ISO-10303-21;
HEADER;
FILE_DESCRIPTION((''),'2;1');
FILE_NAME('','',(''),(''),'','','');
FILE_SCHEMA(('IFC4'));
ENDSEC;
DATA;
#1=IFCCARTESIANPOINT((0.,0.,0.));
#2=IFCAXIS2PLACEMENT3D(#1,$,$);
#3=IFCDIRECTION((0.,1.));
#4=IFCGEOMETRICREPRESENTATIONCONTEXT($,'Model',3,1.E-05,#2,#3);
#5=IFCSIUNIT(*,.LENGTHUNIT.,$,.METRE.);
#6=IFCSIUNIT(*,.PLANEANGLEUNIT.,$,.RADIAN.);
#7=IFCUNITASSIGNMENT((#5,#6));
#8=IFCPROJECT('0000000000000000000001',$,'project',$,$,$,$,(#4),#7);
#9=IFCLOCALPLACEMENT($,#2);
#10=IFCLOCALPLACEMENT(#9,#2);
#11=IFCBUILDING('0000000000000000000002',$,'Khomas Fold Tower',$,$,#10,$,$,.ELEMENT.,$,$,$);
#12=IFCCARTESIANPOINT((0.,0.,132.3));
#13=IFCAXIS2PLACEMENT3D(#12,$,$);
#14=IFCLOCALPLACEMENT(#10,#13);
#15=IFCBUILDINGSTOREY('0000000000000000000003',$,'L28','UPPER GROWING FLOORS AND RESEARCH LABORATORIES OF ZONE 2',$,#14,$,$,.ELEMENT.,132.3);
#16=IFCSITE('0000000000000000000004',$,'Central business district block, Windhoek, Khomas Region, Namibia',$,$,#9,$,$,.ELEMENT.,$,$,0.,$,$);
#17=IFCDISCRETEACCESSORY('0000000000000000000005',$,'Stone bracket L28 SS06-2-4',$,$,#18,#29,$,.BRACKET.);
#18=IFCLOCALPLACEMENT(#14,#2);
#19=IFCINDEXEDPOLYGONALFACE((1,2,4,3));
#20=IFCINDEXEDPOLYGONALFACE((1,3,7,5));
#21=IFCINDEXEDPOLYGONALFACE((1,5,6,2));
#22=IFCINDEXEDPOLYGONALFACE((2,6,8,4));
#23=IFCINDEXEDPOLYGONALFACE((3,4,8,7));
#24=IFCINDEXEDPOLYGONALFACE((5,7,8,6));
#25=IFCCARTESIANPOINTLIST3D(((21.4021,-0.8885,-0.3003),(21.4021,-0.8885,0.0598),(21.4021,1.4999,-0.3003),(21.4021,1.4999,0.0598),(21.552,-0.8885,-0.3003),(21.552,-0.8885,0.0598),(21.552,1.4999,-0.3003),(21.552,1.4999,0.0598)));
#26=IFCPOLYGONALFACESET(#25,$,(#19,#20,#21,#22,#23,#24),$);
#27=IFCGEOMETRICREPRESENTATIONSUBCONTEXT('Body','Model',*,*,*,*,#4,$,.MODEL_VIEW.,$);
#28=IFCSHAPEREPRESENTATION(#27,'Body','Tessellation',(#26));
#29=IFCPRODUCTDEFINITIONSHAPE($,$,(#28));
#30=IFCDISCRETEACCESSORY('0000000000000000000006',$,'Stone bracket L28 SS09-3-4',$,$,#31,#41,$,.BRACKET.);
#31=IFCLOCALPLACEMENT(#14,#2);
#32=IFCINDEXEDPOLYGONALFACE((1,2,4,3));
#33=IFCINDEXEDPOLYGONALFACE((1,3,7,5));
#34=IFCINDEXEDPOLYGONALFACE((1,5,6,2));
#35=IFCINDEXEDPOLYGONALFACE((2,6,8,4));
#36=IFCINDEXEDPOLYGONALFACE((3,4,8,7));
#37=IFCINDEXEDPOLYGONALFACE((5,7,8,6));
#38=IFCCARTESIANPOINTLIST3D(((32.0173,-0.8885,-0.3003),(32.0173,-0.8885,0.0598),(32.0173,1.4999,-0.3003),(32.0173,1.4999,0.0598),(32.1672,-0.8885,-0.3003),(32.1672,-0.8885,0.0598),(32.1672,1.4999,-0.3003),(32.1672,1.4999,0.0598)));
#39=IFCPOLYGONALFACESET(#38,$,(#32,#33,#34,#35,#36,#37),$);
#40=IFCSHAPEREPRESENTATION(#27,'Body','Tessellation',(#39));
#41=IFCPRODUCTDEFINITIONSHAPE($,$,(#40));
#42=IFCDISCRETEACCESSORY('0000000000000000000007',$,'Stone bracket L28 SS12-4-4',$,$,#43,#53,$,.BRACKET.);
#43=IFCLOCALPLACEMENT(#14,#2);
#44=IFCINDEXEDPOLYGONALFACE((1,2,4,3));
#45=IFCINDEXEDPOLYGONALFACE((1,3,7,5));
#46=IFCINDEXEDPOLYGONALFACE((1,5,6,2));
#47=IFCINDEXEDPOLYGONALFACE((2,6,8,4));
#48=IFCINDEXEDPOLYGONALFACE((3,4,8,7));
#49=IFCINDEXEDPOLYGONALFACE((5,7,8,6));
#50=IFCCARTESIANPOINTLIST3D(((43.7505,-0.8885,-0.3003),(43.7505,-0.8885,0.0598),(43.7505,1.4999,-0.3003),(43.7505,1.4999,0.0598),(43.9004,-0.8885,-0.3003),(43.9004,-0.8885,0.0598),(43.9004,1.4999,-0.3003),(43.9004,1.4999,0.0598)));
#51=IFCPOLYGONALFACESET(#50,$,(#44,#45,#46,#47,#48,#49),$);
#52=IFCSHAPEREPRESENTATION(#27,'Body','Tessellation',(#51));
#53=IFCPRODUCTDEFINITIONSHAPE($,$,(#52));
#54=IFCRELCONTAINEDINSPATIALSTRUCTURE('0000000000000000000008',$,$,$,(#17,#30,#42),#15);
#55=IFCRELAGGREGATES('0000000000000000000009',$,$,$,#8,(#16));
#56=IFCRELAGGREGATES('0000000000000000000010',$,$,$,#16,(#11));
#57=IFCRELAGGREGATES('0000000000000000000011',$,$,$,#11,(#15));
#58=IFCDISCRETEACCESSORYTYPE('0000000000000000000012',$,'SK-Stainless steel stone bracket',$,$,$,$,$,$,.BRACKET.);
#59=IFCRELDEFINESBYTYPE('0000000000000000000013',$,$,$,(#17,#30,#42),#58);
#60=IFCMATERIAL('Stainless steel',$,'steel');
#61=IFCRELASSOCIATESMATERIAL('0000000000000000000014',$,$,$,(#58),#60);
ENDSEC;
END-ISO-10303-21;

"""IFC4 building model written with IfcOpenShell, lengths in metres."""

from ifc_helpers import new_model, si_unit, direction, frame, origin, origin_2d, place, context, subcontext, project, spatial, rectangle, extrude, source, transform, mapped, material, type_object, element, save


model = new_model("IFC4")

# Units and contexts
model_context = context("Model", 3, precision=1e-05, world=origin(), true_north=direction((0.0, 1.0)))
body_context = subcontext(model_context, "Body", "Model", "MODEL_VIEW")
ifc_project = project(units=[si_unit("LENGTHUNIT", "METRE"), si_unit("PLANEANGLEUNIT", "RADIAN")], contexts=[model_context])

# Site, building, storey
site_placement = place(None, origin())
site = spatial("IfcSite", under=ifc_project, at=site_placement, Name="Central business district block, Windhoek, Khomas Region, Namibia", CompositionType="ELEMENT", RefElevation=0.0)
building_placement = place(site_placement, origin())
building = spatial("IfcBuilding", under=site, at=building_placement, Name="Khomas Fold Tower", CompositionType="ELEMENT")
storey_placement = place(building_placement, frame((0.0, 0.0, 132.3)))
storey = spatial("IfcBuildingStorey", under=building, at=storey_placement, Name="L28", Description="UPPER GROWING FLOORS AND RESEARCH LABORATORIES OF ZONE 2", CompositionType="ELEMENT", Elevation=132.3)

# Discrete accessories
ifc_material_1 = material(Name="Stainless steel", Category="steel")
discrete_accessory_type = type_object("IfcDiscreteAccessoryType", Name="SK-Stainless steel stone bracket", PredefinedType="BRACKET", material=ifc_material_1)
shared_shape_1 = source(origin(), body_context, "Body", "SweptSolid", [
    extrude(rectangle(XDim=2.3884, YDim=0.1499, at=origin_2d()), origin(), (0.0, 0.0, 1.0), 0.3601),
])
for number, where, z_axis, x_axis, name in (
    (1, (21.4771, 0.3057, -0.3003), (0.0, 0.0, 1.0), (0.0, -1.0, 0.0), "Stone bracket L28 SS06-2-4"),
    (2, (32.0923, 0.3057, -0.3003), (0.0, 0.0, 1.0), (0.0, -1.0, 0.0), "Stone bracket L28 SS09-3-4"),
    (3, (43.8254, 0.3057, -0.3003), (0.0, 0.0, 1.0), (0.0, -1.0, 0.0), "Stone bracket L28 SS12-4-4"),
):
    element("IfcDiscreteAccessory", number, at=place(storey_placement, frame(where, z_axis=z_axis, x_axis=x_axis)), inside=storey, type_object=discrete_accessory_type, Name=name, PredefinedType="BRACKET", context=body_context, shape_type="MappedRepresentation", body=[
        mapped(shared_shape_1, transform((0.0, 0.0, 0.0))),
    ])

save(model, "model.ifc")
